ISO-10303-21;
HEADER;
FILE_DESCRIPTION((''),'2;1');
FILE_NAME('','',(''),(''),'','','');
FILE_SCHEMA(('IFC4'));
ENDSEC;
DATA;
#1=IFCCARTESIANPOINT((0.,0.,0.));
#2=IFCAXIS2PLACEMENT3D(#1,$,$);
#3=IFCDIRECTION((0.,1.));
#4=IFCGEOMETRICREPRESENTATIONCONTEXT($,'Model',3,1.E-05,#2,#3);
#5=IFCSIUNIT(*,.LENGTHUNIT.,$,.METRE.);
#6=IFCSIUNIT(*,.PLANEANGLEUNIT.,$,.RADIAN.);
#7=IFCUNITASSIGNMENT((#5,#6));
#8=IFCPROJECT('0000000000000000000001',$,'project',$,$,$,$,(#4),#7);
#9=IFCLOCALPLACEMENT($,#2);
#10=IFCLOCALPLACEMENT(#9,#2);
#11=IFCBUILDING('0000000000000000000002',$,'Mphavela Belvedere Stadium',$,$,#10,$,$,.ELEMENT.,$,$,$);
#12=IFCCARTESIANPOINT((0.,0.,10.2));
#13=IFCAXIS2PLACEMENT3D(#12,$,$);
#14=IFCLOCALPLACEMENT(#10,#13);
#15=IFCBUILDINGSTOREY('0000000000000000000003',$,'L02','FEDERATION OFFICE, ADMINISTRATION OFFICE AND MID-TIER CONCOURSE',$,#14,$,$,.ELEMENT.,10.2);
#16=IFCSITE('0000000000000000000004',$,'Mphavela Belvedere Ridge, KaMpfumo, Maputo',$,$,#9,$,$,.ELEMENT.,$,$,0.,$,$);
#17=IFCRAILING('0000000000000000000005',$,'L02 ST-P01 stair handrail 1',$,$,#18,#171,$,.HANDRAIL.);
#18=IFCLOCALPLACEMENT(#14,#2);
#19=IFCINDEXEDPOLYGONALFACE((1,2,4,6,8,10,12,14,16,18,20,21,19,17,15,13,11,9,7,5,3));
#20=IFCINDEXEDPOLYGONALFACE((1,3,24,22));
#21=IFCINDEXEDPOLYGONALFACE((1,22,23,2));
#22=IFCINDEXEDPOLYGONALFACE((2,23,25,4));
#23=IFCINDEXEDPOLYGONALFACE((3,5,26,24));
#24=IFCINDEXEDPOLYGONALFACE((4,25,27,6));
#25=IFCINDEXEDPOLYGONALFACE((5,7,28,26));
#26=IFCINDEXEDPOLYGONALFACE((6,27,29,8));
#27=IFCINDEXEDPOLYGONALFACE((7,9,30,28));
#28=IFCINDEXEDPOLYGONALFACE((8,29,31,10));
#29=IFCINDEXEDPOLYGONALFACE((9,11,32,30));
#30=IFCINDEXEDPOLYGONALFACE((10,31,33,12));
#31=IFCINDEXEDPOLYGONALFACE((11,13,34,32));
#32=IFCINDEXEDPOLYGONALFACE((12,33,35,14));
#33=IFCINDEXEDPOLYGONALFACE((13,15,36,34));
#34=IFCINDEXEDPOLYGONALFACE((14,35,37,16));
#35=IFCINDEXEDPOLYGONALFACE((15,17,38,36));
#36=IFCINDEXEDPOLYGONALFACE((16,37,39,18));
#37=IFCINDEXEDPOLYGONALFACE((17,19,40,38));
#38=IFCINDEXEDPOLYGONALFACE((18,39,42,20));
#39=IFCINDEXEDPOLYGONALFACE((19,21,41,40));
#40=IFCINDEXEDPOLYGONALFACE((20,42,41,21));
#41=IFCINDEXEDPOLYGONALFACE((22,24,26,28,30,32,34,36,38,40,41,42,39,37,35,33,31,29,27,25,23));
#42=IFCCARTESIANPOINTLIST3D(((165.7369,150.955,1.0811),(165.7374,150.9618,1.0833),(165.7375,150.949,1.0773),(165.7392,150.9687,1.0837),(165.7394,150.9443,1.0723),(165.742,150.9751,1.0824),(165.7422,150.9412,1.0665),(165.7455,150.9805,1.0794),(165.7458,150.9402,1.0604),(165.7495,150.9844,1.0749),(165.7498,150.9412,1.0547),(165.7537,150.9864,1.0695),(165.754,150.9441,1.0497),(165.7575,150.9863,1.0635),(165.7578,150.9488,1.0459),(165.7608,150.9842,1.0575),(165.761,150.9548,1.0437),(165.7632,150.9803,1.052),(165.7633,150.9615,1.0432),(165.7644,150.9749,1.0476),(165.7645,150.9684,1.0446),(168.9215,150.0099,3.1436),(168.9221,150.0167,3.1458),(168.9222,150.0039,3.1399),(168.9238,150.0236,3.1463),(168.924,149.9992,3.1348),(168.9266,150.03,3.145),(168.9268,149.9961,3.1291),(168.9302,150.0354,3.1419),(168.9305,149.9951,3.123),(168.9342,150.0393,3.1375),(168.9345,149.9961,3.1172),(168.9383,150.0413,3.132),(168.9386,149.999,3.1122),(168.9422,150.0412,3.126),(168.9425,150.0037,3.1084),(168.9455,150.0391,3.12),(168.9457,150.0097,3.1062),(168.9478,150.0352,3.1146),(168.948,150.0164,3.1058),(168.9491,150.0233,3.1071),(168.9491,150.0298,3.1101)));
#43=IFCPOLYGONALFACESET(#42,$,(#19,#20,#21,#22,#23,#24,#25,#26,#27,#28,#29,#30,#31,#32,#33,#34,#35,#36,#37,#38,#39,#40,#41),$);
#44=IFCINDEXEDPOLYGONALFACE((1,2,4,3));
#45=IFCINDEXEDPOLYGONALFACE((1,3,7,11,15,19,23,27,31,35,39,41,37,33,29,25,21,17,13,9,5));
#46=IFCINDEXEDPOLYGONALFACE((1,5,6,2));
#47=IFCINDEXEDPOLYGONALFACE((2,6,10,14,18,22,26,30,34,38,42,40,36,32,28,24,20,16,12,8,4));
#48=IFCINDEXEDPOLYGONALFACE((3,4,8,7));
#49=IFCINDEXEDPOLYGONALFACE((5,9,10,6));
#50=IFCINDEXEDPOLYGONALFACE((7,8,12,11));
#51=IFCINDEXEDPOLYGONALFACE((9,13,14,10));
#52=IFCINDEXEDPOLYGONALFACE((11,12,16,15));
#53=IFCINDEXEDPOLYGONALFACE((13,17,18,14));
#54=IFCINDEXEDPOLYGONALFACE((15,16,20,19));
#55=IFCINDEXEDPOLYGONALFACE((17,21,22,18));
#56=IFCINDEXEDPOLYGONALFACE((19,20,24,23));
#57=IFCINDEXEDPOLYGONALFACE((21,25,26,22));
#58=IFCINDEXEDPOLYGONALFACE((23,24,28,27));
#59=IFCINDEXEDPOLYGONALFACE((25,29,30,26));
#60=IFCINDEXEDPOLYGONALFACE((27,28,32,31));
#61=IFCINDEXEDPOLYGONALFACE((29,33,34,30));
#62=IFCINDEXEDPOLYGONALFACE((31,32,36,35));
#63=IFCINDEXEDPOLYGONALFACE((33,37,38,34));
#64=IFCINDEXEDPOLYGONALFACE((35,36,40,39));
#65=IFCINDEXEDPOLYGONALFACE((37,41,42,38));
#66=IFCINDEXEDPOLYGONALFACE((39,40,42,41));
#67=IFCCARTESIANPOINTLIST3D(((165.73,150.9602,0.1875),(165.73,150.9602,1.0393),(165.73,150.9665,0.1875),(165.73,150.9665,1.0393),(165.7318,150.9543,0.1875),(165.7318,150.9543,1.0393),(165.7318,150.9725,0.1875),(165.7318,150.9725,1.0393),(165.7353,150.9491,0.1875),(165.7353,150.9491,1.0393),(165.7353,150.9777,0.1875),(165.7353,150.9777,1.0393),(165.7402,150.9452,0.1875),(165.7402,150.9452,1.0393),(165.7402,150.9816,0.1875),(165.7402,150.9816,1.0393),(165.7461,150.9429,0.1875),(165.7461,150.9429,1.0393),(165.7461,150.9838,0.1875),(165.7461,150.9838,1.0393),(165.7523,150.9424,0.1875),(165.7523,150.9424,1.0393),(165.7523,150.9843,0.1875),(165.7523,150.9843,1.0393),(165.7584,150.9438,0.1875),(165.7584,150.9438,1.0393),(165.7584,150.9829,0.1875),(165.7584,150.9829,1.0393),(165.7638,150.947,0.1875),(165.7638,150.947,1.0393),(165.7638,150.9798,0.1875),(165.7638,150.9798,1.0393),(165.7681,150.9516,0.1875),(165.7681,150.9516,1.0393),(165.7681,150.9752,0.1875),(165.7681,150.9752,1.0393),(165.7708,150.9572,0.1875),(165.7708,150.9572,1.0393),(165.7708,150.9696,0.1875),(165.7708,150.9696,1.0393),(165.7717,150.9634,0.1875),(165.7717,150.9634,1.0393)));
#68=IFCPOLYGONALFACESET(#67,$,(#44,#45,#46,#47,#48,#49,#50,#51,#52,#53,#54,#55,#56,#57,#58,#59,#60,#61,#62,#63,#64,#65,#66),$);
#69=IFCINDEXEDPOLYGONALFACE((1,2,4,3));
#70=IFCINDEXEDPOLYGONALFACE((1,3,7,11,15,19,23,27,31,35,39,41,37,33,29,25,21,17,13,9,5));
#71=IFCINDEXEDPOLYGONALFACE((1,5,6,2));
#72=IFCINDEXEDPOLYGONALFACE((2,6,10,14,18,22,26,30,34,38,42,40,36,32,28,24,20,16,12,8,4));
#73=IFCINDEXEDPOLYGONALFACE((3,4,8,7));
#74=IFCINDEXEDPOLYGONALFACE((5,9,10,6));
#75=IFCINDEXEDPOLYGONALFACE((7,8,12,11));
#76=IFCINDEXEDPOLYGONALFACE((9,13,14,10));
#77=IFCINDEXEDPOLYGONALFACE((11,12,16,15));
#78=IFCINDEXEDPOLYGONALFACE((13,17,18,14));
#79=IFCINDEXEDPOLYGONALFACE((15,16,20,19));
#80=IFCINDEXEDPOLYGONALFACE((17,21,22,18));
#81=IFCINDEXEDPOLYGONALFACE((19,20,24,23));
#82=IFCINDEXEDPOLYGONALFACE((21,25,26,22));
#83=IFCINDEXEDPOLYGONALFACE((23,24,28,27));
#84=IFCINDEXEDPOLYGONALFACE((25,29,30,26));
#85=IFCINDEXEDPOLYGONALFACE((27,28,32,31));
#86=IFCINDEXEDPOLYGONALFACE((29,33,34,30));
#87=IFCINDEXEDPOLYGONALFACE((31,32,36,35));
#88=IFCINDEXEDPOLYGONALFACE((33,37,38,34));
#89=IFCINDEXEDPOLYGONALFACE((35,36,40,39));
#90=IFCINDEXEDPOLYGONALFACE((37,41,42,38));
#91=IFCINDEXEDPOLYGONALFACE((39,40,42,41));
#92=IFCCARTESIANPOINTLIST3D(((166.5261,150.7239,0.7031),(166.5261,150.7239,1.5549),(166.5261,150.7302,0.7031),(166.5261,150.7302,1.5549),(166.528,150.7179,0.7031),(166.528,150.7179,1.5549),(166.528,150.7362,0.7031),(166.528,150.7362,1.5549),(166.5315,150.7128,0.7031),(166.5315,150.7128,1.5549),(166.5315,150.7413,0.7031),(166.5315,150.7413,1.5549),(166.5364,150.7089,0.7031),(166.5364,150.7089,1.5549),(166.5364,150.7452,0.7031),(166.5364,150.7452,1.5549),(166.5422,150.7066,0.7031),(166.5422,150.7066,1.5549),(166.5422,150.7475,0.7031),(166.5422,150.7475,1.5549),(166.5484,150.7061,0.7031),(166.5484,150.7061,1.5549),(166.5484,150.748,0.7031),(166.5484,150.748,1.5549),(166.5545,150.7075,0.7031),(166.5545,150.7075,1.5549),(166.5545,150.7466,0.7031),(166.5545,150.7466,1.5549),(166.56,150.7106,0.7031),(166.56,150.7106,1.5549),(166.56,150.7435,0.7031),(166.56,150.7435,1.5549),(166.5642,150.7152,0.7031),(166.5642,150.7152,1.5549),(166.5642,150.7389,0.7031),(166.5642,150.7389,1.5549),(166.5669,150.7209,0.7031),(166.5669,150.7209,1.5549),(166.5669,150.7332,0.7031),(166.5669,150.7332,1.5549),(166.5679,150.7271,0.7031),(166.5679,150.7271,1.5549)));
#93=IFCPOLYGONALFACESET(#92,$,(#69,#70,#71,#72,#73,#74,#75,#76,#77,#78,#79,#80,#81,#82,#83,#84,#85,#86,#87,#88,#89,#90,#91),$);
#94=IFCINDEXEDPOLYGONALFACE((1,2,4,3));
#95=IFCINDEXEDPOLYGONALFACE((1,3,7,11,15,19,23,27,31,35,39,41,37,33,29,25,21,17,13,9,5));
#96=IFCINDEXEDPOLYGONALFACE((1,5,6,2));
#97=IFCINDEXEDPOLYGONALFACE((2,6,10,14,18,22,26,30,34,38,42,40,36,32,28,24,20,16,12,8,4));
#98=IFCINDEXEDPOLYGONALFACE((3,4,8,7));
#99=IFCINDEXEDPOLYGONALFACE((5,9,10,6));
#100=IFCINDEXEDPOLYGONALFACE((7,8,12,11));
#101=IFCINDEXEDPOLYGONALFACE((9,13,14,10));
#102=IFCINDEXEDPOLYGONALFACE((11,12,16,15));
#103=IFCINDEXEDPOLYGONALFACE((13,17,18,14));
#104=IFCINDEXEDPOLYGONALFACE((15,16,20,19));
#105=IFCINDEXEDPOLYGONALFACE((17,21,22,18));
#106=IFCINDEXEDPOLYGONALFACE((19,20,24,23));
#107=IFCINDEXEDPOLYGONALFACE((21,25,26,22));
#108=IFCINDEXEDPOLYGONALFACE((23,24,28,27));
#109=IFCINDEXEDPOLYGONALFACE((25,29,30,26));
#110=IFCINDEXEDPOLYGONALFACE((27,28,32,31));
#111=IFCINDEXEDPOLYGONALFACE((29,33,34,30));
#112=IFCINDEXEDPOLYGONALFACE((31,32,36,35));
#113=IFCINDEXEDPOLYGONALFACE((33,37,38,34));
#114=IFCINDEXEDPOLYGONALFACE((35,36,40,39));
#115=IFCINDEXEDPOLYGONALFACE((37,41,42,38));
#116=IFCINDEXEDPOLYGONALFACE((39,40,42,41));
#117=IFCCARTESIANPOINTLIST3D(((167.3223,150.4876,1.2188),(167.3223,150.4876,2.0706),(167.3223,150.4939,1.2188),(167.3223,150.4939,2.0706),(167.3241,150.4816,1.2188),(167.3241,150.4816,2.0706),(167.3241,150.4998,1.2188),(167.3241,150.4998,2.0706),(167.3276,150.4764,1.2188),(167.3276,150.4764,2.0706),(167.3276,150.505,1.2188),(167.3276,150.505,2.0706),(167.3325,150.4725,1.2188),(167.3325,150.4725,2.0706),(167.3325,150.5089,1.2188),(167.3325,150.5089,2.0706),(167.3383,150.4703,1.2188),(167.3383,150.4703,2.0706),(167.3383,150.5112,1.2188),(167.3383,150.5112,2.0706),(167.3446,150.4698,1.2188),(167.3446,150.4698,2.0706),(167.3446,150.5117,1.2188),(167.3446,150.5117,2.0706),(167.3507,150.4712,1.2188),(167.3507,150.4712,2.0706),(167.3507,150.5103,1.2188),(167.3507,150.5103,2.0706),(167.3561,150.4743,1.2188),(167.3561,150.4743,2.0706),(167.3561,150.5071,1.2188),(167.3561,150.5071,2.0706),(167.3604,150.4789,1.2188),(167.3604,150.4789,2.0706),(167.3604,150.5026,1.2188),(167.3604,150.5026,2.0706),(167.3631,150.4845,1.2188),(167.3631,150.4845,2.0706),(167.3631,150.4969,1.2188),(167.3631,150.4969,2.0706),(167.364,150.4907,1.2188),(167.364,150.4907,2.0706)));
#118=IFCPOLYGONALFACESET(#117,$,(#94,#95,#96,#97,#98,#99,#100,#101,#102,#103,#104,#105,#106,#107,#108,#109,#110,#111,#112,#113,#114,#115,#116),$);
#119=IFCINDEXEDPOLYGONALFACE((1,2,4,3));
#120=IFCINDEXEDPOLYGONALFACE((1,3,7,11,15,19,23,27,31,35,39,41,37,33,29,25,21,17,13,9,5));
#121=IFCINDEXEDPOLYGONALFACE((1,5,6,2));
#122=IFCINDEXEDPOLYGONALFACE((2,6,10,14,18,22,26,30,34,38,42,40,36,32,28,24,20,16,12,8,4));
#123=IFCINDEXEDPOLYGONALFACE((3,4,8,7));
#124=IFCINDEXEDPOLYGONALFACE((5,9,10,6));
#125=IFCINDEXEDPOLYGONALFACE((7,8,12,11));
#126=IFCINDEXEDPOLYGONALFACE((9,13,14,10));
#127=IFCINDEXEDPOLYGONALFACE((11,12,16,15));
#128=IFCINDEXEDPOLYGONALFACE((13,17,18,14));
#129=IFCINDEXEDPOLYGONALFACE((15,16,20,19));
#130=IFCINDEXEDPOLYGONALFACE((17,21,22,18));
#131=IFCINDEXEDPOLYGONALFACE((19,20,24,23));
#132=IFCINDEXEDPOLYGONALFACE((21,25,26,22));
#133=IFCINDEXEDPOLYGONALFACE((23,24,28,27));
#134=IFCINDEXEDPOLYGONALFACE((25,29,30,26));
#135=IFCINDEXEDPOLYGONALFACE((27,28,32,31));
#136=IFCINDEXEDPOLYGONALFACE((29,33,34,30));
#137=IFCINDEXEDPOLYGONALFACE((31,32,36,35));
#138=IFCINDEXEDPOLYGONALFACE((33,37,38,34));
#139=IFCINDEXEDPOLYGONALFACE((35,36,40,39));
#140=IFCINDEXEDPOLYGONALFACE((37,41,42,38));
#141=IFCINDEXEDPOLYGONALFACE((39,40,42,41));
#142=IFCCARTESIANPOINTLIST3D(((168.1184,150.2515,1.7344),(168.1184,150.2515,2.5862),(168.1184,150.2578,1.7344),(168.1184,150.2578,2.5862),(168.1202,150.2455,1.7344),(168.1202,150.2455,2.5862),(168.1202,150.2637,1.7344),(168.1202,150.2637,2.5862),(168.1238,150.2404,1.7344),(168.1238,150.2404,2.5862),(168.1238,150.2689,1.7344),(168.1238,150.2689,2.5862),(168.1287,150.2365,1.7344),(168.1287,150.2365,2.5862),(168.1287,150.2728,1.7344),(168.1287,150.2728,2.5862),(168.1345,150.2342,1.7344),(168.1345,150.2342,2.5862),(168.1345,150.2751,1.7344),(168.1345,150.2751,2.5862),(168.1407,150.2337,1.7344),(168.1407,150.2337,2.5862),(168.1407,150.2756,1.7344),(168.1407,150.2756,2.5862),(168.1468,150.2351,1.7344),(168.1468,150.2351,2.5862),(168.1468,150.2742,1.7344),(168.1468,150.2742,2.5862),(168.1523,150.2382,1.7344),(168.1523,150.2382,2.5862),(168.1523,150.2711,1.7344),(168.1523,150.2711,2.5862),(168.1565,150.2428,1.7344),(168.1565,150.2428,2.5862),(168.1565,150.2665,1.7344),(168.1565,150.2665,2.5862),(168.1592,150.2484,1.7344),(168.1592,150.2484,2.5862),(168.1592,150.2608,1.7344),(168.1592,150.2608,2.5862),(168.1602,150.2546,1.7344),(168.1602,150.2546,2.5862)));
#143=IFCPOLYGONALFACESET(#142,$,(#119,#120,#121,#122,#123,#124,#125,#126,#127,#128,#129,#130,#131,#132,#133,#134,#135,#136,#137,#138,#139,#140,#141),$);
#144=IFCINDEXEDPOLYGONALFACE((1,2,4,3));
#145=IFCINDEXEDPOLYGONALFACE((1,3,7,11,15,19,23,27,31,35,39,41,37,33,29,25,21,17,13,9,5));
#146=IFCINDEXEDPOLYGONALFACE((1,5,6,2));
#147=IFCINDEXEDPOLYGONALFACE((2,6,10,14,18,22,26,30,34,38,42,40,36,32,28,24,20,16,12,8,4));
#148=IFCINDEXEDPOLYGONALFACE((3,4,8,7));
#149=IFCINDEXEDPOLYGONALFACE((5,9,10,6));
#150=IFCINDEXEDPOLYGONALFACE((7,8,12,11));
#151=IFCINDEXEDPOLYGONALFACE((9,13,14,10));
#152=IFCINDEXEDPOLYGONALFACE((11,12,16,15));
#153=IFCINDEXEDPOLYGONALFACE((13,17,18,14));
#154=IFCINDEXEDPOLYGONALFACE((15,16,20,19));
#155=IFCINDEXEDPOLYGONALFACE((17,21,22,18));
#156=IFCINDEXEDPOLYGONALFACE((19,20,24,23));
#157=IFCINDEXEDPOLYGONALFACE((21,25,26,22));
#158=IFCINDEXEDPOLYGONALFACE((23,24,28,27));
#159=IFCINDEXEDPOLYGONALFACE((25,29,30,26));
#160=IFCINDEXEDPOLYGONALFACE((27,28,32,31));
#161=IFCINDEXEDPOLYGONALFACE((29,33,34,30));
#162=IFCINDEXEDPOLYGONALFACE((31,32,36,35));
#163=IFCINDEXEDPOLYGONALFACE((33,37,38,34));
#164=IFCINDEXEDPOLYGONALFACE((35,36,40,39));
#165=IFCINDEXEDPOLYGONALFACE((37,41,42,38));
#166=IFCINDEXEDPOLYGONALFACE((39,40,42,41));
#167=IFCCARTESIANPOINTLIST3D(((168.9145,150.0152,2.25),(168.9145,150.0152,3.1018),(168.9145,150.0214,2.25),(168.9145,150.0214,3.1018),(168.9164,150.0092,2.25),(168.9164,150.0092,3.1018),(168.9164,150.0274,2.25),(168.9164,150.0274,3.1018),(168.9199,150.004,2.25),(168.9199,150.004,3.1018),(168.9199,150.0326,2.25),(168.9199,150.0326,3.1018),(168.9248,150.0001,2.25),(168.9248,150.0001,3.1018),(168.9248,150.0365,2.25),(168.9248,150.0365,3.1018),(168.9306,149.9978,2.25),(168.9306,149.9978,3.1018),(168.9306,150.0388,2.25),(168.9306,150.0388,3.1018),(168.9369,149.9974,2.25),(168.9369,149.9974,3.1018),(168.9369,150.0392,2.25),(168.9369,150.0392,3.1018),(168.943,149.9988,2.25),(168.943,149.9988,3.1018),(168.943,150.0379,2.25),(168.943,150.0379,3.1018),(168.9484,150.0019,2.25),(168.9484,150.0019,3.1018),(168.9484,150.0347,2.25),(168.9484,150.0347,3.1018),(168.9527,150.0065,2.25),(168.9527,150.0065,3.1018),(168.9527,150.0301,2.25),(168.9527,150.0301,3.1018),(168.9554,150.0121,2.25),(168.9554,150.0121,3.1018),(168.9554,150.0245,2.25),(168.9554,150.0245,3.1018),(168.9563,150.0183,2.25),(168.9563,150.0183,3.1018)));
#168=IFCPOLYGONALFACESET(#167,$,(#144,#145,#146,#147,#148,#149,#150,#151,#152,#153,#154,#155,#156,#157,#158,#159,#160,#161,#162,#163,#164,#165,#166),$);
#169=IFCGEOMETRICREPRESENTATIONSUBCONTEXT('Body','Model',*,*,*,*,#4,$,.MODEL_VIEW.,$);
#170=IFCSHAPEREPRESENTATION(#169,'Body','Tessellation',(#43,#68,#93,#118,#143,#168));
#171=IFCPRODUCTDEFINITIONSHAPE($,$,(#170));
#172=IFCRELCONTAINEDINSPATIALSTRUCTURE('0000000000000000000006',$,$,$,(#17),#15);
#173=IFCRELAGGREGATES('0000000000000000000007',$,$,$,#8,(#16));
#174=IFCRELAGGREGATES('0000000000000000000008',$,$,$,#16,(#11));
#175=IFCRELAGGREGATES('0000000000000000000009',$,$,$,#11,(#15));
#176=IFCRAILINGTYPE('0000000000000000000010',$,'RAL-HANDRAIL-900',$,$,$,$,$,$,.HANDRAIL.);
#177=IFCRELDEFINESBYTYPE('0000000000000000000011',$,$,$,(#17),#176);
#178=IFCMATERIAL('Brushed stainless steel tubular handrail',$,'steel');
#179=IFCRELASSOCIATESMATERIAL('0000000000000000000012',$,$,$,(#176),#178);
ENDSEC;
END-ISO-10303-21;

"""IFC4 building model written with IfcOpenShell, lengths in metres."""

from ifc_helpers import new_model, si_unit, direction, frame, origin, origin_2d, place, context, subcontext, project, spatial, circle, extrude, material, type_object, element, save


model = new_model("IFC4")

# Units and contexts
model_context = context("Model", 3, precision=1e-05, world=origin(), true_north=direction((0.0, 1.0)))
body_context = subcontext(model_context, "Body", "Model", "MODEL_VIEW")
ifc_project = project(units=[si_unit("LENGTHUNIT", "METRE"), si_unit("PLANEANGLEUNIT", "RADIAN")], contexts=[model_context])

# Site, building, storey
site_placement = place(None, origin())
site = spatial("IfcSite", under=ifc_project, at=site_placement, Name="Mphavela Belvedere Ridge, KaMpfumo, Maputo", CompositionType="ELEMENT", RefElevation=0.0)
building_placement = place(site_placement, origin())
building = spatial("IfcBuilding", under=site, at=building_placement, Name="Mphavela Belvedere Stadium", CompositionType="ELEMENT")
storey_placement = place(building_placement, frame((0.0, 0.0, 10.2)))
storey = spatial("IfcBuildingStorey", under=building, at=storey_placement, Name="L02", Description="FEDERATION OFFICE, ADMINISTRATION OFFICE AND MID-TIER CONCOURSE", CompositionType="ELEMENT", Elevation=10.2)

# Railing
ifc_material_1 = material(Name="Brushed stainless steel tubular handrail", Category="steel")
railing_type_1 = type_object("IfcRailingType", Name="RAL-HANDRAIL-900", PredefinedType="HANDRAIL", material=ifc_material_1)
railing_1_placement = place(storey_placement, frame((165.7507, 150.9634, 0.1875)))
element("IfcRailing", 1, at=railing_1_placement, inside=storey, type_object=railing_type_1, Name="L02 ST-P01 stair handrail 1", PredefinedType="HANDRAIL", context=body_context, shape_type="SweptSolid", body=[
    extrude(circle(Radius=0.0239, at=origin_2d()), frame((0.0, 0.0, 0.876), z_axis=(0.814456, -0.241702, 0.527486), x_axis=(0.284501, 0.958676, 0.0)), (0.0, 0.0, 1.0), 3.9102),
    extrude(circle(Radius=0.021, at=origin_2d()), origin(), (0.0, 0.0, 1.0), 0.8518),
    extrude(circle(Radius=0.021, at=origin_2d()), frame((0.7961, -0.2363, 0.5156)), (0.0, 0.0, 1.0), 0.8518),
    extrude(circle(Radius=0.021, at=origin_2d()), frame((1.5923, -0.4727, 1.0312)), (0.0, 0.0, 1.0), 0.8518),
    extrude(circle(Radius=0.021, at=origin_2d()), frame((2.3884, -0.7087, 1.5469)), (0.0, 0.0, 1.0), 0.8518),
    extrude(circle(Radius=0.021, at=origin_2d()), frame((3.1846, -0.9451, 2.0625)), (0.0, 0.0, 1.0), 0.8518),
])

save(model, "model.ifc")
